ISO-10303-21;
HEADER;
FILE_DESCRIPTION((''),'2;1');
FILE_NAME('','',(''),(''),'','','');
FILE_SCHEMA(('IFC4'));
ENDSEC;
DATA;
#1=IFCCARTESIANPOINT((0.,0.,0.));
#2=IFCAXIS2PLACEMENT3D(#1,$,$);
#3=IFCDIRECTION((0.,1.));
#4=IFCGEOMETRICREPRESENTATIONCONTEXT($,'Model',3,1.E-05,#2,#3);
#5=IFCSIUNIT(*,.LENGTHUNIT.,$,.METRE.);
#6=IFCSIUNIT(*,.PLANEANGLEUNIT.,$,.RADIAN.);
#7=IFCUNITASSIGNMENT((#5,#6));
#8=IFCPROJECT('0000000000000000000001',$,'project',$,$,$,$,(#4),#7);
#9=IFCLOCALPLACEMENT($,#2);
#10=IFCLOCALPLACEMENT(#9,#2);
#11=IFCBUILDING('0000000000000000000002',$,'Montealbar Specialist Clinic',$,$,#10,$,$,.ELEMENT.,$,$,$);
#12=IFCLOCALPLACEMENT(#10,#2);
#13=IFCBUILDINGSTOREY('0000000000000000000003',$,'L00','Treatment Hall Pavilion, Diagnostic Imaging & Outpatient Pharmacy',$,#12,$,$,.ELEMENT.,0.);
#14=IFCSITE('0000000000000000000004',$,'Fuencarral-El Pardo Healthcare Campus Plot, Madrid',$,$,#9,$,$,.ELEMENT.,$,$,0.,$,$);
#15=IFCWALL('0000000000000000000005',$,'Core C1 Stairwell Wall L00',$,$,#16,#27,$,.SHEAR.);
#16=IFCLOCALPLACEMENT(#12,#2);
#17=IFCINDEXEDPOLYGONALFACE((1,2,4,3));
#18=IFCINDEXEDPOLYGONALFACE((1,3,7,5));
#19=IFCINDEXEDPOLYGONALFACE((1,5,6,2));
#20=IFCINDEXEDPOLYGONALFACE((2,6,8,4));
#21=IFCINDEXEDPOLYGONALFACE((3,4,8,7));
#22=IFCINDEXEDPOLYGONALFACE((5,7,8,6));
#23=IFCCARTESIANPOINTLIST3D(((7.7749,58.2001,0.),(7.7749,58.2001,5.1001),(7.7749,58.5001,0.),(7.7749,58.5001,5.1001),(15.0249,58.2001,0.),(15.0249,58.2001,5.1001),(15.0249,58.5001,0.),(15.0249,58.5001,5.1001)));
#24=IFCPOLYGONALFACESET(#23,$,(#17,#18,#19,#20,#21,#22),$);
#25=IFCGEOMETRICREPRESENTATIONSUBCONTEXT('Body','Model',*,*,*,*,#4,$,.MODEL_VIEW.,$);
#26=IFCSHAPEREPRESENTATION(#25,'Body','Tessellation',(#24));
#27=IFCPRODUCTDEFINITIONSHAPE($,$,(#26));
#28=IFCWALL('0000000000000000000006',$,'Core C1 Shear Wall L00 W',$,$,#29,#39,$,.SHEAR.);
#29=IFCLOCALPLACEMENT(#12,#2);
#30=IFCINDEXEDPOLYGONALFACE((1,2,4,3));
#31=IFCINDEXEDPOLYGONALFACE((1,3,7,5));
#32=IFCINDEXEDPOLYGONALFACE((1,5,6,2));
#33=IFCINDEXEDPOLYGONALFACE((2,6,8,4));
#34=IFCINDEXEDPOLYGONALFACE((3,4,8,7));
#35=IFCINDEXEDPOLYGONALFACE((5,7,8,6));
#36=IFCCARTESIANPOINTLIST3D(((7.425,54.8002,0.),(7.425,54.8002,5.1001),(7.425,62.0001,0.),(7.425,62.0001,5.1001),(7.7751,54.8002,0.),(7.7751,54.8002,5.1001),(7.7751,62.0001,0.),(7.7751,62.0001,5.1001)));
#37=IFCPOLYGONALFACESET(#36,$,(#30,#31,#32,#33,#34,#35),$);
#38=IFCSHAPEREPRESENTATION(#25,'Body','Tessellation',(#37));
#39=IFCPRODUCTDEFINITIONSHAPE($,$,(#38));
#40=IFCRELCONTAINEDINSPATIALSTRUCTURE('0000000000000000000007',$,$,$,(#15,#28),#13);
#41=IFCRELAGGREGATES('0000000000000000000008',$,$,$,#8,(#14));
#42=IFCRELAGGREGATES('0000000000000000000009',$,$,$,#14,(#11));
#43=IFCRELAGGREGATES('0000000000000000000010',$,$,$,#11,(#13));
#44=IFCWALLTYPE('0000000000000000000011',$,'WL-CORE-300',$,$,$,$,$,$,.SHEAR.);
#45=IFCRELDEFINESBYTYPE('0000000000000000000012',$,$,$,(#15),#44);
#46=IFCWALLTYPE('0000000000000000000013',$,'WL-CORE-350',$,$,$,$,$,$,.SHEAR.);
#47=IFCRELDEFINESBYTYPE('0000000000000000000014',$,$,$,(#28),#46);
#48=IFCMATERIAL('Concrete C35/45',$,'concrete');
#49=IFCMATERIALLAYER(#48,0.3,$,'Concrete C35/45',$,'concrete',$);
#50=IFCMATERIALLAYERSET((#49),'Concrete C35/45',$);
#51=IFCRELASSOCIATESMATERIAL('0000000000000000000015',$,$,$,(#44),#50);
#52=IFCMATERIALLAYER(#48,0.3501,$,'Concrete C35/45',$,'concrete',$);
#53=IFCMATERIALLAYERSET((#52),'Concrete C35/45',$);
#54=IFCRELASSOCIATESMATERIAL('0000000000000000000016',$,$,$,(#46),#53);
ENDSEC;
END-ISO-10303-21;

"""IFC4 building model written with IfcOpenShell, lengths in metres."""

from ifc_helpers import new_model, si_unit, direction, frame, frame_2d, origin, place, context, subcontext, project, spatial, rectangle, extrude, material, layer, layer_set, type_object, element, save


model = new_model("IFC4")

# Units and contexts
model_context = context("Model", 3, precision=1e-05, world=origin(), true_north=direction((0.0, 1.0)))
body_context = subcontext(model_context, "Body", "Model", "MODEL_VIEW")
ifc_project = project(units=[si_unit("LENGTHUNIT", "METRE"), si_unit("PLANEANGLEUNIT", "RADIAN")], contexts=[model_context])

# Site, building, storey
site_placement = place(None, origin())
site = spatial("IfcSite", under=ifc_project, at=site_placement, Name="Fuencarral-El Pardo Healthcare Campus Plot, Madrid", CompositionType="ELEMENT", RefElevation=0.0)
building_placement = place(site_placement, origin())
building = spatial("IfcBuilding", under=site, at=building_placement, Name="Montealbar Specialist Clinic", CompositionType="ELEMENT")
storey_placement = place(building_placement, origin())
storey = spatial("IfcBuildingStorey", under=building, at=storey_placement, Name="L00", Description="Treatment Hall Pavilion, Diagnostic Imaging & Outpatient Pharmacy", CompositionType="ELEMENT", Elevation=0.0)

# Shared definitions
ifc_material_1 = material(Name="Concrete C35/45", Category="concrete")

# Wall
ifc_layer_1 = layer(ifc_material_1, 0.3, Name="Concrete C35/45", Category="concrete")
ifc_layer_set_1 = layer_set([ifc_layer_1], Name="Concrete C35/45")
wall_type_1 = type_object("IfcWallType", Name="WL-CORE-300", PredefinedType="SHEAR", material=ifc_layer_set_1)
wall_1_placement = place(storey_placement, frame((7.7749, 58.3501, 0.0), z_axis=(0.0, 0.0, 1.0), x_axis=(1.0, 0.0, 0.0)))
element("IfcWall", 1, at=wall_1_placement, inside=storey, type_object=wall_type_1, Name="Core C1 Stairwell Wall L00", PredefinedType="SHEAR", context=body_context, shape_type="SweptSolid", body=[
    extrude(rectangle(XDim=7.25, YDim=0.3, at=frame_2d((3.625, 0.0))), origin(), (0.0, 0.0, 1.0), 5.1001),
])

# Shared definitions
ifc_layer_2 = layer(ifc_material_1, 0.3501, Name="Concrete C35/45", Category="concrete")
ifc_layer_set_2 = layer_set([ifc_layer_2], Name="Concrete C35/45")
wall_type_2 = type_object("IfcWallType", Name="WL-CORE-350", PredefinedType="SHEAR", material=ifc_layer_set_2)

# Wall
wall_2_placement = place(storey_placement, frame((7.6001, 54.8, 0.0), z_axis=(0.0, 0.0, 1.0), x_axis=(0.0, 1.0, 0.0)))
element("IfcWall", 2, at=wall_2_placement, inside=storey, type_object=wall_type_2, Name="Core C1 Shear Wall L00 W", PredefinedType="SHEAR", context=body_context, shape_type="SweptSolid", body=[
    extrude(rectangle(XDim=7.2, YDim=0.3501, at=frame_2d((3.6001, 0.0))), origin(), (0.0, 0.0, 1.0), 5.1001),
])

save(model, "model.ifc")
